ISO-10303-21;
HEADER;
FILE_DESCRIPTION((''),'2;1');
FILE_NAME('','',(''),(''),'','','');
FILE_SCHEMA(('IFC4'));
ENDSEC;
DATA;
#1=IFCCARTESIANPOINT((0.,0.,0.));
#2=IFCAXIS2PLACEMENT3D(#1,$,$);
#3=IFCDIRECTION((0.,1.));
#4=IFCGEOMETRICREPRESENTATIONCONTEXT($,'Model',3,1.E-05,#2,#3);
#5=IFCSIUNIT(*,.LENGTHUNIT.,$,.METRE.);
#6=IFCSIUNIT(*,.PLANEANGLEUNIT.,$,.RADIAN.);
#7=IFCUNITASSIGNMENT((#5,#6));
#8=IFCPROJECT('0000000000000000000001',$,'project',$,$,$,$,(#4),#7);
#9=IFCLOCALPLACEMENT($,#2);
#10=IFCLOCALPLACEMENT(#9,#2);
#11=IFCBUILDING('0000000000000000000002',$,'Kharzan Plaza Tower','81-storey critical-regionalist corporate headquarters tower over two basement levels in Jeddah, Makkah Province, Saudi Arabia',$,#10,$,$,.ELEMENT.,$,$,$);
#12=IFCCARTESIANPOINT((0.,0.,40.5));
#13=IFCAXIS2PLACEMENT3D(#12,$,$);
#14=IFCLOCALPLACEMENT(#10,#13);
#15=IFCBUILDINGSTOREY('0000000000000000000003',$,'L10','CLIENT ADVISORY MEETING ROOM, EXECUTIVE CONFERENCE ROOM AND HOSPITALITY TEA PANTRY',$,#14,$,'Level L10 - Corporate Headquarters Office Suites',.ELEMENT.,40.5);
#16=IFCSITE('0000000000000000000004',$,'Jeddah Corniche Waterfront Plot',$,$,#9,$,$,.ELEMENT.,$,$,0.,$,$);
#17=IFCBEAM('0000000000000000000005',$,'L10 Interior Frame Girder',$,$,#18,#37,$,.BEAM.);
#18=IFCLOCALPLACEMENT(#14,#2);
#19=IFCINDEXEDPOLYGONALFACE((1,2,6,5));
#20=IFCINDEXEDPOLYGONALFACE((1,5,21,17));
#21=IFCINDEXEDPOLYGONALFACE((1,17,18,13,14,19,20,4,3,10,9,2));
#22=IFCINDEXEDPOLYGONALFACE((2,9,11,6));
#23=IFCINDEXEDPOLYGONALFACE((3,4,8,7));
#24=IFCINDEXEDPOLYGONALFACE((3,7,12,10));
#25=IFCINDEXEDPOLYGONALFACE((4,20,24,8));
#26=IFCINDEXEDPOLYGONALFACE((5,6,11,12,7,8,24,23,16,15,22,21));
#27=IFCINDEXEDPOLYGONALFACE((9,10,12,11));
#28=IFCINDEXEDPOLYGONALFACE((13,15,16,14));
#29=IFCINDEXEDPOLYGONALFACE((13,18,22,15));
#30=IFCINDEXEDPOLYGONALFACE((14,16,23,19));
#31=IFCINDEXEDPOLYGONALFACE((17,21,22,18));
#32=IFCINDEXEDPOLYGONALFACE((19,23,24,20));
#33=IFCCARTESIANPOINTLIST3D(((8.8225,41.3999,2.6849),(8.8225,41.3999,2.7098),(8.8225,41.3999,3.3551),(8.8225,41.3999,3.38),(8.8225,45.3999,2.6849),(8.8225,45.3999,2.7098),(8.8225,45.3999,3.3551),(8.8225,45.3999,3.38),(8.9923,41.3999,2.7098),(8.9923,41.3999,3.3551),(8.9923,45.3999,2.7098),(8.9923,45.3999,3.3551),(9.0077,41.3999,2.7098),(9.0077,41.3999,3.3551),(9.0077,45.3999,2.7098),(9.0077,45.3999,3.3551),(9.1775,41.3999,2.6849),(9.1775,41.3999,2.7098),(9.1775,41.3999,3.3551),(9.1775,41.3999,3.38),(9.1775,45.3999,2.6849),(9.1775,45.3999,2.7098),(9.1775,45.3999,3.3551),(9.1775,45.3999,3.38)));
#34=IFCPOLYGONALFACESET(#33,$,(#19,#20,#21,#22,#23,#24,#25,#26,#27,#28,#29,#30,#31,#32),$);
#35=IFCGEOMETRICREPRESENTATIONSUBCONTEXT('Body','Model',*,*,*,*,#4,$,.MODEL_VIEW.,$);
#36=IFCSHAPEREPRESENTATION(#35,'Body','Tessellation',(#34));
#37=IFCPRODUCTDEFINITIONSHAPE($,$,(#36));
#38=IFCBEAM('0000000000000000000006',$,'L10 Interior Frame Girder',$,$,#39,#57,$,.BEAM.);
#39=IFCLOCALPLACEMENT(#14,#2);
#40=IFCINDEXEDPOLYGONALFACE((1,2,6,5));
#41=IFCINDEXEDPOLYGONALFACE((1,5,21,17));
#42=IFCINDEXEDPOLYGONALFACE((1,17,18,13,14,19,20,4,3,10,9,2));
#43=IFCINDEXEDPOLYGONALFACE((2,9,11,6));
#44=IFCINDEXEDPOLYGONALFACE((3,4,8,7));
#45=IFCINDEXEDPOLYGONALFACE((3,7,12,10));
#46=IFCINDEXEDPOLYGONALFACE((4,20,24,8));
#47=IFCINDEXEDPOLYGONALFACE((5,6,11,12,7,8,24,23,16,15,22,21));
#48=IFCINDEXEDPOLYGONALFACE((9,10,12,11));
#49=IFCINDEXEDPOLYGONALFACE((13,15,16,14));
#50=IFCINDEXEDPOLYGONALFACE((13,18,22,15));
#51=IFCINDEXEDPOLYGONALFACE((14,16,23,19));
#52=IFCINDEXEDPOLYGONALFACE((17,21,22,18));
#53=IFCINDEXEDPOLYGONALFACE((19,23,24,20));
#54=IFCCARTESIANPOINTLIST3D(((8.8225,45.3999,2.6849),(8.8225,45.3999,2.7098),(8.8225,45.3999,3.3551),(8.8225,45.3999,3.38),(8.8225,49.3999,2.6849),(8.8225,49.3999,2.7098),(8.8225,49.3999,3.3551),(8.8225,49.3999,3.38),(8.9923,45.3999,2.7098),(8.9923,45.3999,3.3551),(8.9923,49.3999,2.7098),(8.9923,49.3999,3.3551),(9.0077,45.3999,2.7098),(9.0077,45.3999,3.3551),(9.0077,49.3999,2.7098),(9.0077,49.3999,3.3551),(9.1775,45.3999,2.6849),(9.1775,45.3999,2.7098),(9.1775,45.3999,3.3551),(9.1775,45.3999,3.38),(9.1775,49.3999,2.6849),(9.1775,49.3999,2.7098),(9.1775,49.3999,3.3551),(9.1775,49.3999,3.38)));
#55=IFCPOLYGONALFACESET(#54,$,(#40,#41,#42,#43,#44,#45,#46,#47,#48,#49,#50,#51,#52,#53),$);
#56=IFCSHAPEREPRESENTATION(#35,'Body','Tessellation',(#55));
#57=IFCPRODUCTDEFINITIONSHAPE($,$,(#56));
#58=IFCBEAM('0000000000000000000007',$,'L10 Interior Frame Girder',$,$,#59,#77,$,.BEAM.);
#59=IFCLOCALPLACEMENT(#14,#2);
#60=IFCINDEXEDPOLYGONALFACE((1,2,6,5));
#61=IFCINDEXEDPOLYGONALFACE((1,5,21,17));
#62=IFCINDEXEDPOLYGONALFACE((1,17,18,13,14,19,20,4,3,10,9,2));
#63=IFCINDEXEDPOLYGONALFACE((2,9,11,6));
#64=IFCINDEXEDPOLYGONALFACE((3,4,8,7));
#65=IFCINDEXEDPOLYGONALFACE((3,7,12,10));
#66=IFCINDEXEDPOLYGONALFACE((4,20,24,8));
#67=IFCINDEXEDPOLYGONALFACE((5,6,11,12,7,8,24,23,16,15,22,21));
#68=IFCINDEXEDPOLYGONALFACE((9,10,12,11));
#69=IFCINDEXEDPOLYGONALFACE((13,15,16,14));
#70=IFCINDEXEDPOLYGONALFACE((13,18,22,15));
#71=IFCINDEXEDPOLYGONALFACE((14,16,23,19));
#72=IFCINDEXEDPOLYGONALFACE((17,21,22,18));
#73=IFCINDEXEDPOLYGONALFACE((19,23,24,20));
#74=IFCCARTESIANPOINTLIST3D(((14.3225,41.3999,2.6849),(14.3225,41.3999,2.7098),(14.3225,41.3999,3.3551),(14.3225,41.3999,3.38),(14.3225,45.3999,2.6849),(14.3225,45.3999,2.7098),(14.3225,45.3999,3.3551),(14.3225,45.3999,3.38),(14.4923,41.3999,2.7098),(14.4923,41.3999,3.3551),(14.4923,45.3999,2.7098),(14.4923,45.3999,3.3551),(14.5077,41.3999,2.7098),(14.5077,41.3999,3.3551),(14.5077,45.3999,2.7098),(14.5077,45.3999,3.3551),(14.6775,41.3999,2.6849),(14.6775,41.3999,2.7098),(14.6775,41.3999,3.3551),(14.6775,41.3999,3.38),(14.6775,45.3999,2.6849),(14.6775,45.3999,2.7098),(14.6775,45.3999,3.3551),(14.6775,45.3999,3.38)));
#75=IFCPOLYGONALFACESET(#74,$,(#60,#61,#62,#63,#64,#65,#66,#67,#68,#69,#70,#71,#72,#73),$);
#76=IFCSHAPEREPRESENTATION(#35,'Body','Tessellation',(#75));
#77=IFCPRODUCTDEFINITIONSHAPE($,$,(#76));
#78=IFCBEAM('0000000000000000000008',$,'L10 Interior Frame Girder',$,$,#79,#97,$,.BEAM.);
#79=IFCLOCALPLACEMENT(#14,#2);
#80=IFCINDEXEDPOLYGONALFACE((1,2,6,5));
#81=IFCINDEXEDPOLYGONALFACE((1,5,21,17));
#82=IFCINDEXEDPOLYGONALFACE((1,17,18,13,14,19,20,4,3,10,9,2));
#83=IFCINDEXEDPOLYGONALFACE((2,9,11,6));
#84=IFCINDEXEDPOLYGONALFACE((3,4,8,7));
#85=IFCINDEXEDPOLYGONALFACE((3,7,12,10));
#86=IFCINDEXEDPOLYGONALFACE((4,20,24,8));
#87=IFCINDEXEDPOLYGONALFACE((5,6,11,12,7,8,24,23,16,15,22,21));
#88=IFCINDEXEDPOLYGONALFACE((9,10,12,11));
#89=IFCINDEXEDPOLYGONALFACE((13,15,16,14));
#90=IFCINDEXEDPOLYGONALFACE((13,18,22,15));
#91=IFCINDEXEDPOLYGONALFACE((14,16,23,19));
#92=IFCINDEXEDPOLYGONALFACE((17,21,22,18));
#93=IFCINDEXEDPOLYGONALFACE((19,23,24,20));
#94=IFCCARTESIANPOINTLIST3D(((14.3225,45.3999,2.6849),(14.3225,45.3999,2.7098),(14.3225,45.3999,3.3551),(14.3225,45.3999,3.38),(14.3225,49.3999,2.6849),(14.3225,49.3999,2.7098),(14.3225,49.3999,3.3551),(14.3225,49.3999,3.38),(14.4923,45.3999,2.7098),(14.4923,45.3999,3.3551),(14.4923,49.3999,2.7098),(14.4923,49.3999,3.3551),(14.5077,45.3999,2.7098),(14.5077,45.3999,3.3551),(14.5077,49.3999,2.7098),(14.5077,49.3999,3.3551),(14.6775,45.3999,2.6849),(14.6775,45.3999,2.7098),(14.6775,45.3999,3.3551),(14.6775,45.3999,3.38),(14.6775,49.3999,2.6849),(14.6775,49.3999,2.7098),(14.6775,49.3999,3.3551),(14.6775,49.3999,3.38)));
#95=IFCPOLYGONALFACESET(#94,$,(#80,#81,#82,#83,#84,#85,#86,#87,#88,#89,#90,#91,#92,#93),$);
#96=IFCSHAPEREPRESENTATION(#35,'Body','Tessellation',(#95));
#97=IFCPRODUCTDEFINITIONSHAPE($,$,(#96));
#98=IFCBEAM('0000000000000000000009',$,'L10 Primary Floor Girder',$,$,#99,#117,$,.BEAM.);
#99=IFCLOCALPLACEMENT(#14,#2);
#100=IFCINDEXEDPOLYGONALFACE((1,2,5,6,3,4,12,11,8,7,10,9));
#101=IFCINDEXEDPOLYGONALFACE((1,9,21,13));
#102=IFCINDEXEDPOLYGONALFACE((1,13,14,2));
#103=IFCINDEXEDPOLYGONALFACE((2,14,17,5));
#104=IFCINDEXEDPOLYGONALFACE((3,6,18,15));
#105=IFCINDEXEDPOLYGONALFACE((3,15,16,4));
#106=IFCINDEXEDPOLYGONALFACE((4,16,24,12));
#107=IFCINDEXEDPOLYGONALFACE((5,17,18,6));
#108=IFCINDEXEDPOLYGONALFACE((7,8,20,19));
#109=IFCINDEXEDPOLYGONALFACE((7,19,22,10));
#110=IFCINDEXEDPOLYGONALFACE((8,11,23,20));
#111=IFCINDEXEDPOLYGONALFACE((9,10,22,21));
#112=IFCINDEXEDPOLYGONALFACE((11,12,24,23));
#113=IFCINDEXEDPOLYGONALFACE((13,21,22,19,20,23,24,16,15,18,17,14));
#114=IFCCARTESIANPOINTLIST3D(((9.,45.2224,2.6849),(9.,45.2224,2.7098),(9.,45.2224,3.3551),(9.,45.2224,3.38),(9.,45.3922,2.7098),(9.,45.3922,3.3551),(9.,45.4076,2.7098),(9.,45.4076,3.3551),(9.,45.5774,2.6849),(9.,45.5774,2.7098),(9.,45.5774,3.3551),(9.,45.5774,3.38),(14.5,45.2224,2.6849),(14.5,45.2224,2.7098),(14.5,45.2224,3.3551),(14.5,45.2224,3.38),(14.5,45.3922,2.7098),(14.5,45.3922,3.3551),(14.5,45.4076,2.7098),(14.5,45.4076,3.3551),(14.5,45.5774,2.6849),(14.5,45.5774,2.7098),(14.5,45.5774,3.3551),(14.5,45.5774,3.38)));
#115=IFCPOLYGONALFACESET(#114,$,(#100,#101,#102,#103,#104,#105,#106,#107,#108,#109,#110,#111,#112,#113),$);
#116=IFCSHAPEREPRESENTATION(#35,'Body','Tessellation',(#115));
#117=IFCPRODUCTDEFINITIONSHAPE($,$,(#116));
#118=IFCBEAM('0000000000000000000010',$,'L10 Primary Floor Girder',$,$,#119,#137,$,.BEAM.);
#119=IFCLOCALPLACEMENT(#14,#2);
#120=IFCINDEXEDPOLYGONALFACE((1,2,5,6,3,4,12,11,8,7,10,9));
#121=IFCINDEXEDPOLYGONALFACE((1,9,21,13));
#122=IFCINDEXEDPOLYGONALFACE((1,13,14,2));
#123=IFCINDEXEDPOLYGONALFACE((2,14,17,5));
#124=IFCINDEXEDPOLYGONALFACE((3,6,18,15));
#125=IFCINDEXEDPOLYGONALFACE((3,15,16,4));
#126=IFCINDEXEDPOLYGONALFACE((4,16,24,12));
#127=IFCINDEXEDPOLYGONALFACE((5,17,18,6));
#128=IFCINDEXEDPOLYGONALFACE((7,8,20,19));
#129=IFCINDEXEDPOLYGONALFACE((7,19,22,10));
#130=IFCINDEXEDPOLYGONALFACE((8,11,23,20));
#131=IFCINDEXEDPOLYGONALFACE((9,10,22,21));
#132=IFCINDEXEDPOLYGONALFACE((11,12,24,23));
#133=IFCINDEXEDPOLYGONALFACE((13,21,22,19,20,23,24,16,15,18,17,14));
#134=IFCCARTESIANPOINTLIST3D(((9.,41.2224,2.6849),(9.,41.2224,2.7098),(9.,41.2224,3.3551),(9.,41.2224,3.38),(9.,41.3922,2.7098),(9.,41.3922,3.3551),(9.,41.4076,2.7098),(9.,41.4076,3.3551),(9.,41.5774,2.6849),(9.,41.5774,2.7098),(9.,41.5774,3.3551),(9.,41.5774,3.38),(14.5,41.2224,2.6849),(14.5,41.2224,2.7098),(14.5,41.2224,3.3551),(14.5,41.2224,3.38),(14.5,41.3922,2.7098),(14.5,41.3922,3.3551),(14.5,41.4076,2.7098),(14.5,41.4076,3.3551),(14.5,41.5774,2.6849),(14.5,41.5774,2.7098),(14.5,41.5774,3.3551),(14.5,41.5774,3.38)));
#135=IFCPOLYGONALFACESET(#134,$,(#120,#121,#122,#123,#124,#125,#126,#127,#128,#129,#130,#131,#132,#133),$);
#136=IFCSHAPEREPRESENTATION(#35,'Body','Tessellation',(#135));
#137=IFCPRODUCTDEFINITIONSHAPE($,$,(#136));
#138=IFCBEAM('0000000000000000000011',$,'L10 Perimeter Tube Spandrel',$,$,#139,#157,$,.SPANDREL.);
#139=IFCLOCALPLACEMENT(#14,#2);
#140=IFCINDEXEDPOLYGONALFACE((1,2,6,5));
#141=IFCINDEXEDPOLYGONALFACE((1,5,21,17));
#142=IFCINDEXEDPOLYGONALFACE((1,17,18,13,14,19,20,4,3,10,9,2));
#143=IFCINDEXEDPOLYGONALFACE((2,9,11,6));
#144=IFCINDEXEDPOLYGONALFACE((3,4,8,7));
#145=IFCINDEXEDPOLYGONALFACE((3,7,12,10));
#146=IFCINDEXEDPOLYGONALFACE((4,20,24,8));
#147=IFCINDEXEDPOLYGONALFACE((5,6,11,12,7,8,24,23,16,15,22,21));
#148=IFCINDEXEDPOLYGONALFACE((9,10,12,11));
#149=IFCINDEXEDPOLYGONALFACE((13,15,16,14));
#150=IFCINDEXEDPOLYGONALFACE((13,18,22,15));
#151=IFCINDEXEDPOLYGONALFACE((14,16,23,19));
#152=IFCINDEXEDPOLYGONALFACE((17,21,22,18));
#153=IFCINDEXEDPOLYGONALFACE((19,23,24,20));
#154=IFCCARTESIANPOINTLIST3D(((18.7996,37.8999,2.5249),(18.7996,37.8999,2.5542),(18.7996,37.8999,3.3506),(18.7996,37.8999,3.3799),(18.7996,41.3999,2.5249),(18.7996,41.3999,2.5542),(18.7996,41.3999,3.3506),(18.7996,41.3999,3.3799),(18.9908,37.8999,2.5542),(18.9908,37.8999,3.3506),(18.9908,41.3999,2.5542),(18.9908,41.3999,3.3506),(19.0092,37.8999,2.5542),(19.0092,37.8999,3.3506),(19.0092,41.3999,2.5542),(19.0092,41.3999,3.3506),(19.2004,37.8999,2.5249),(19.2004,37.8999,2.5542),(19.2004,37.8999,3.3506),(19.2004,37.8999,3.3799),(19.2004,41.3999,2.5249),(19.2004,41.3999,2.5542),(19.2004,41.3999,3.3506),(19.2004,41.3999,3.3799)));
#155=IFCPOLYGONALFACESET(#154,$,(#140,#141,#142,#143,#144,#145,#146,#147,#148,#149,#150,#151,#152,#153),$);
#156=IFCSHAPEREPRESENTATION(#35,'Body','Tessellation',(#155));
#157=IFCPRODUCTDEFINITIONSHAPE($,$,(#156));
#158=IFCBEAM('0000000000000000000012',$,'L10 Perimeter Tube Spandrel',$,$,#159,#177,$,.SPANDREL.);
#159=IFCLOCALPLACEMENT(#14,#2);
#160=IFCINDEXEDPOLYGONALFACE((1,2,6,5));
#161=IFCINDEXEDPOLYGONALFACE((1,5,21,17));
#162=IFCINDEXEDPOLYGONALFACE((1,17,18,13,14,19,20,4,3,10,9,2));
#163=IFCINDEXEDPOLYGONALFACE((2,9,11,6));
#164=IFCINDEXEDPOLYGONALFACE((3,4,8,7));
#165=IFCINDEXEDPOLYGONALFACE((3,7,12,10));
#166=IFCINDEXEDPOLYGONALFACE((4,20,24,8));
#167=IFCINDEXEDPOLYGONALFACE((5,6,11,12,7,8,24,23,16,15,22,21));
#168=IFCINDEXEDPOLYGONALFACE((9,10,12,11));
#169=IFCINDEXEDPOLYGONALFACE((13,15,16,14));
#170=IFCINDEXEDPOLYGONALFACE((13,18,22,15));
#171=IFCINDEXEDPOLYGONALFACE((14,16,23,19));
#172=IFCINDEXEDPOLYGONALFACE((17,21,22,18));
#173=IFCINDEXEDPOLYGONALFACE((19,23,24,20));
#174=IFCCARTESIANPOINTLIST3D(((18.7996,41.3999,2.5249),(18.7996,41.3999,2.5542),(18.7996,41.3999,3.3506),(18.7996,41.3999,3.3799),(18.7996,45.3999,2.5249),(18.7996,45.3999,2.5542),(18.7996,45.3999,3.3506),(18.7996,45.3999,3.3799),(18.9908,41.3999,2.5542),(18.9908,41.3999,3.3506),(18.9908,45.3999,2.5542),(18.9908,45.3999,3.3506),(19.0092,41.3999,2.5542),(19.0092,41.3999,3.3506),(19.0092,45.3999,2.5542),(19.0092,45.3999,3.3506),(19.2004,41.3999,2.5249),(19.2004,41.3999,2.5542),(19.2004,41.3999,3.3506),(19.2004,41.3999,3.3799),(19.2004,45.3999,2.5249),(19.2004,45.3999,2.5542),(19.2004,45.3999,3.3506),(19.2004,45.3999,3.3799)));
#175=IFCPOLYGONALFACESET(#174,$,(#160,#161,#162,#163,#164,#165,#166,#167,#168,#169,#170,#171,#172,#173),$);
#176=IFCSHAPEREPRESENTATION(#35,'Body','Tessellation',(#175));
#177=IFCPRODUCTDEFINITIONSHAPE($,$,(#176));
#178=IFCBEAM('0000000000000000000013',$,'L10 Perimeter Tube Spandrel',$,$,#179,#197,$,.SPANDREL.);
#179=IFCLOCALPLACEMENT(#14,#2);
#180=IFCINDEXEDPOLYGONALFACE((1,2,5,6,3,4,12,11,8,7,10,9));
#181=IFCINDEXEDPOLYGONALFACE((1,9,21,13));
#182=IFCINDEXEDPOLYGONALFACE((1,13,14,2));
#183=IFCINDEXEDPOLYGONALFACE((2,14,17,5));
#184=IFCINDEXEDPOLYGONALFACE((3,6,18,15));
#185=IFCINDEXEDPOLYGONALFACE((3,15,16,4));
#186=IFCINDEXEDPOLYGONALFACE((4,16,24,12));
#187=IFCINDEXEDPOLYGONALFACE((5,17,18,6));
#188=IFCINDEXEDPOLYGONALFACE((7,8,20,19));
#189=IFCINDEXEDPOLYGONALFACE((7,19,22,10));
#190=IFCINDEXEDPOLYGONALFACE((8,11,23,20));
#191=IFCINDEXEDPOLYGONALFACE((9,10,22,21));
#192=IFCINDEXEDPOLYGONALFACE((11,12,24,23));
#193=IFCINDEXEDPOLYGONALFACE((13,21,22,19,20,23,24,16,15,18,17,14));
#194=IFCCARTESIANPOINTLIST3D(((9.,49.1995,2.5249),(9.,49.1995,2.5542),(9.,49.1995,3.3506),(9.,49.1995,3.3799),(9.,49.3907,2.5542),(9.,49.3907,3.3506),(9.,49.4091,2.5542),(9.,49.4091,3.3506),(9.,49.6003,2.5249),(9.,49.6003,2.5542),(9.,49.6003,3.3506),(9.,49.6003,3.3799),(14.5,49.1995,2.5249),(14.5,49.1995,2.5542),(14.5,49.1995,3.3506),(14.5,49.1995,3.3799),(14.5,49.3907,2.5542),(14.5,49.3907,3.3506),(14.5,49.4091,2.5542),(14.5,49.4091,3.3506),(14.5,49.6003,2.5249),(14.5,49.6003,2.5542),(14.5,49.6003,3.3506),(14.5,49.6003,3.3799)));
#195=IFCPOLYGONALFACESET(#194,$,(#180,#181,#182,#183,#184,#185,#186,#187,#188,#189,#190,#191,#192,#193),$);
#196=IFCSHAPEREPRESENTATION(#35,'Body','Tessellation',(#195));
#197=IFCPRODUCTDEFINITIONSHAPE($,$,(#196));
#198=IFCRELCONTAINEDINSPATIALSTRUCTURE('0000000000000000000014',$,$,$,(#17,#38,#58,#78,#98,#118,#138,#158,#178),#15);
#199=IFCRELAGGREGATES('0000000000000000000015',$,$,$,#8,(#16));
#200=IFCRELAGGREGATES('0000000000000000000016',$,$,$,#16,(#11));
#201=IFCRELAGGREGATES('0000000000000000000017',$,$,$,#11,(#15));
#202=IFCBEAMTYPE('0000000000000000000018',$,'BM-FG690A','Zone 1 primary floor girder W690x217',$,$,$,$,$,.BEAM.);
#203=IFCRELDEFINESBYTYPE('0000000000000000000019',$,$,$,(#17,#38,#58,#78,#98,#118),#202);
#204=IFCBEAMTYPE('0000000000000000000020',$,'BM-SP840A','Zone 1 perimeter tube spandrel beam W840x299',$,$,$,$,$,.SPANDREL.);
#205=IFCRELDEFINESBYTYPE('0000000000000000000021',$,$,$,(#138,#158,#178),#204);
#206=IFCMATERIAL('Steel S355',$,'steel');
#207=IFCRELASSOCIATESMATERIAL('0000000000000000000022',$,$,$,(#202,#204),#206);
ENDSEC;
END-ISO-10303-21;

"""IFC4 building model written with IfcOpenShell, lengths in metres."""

from ifc_helpers import new_model, si_unit, direction, frame, origin, origin_2d, place, context, subcontext, project, spatial, i_section, extrude, source, transform, mapped, material, material_profile, profile_set, type_object, element, save


model = new_model("IFC4")

# Units and contexts
model_context = context("Model", 3, precision=1e-05, world=origin(), true_north=direction((0.0, 1.0)))
body_context = subcontext(model_context, "Body", "Model", "MODEL_VIEW")
ifc_project = project(units=[si_unit("LENGTHUNIT", "METRE"), si_unit("PLANEANGLEUNIT", "RADIAN")], contexts=[model_context])

# Site, building, storey
site_placement = place(None, origin())
site = spatial("IfcSite", under=ifc_project, at=site_placement, Name="Jeddah Corniche Waterfront Plot", CompositionType="ELEMENT", RefElevation=0.0)
building_placement = place(site_placement, origin())
building = spatial("IfcBuilding", under=site, at=building_placement, Name="Kharzan Plaza Tower", Description="81-storey critical-regionalist corporate headquarters tower over two basement levels in Jeddah, Makkah Province, Saudi Arabia", CompositionType="ELEMENT")
storey_placement = place(building_placement, frame((0.0, 0.0, 40.5)))
storey = spatial("IfcBuildingStorey", under=building, at=storey_placement, Name="L10", Description="CLIENT ADVISORY MEETING ROOM, EXECUTIVE CONFERENCE ROOM AND HOSPITALITY TEA PANTRY", LongName="Level L10 - Corporate Headquarters Office Suites", CompositionType="ELEMENT", Elevation=40.5)

# Beams
ifc_material_1 = material(Name="Steel S355", Category="steel")
ifc_material_profile_1 = material_profile(ifc_material_1, i_section(OverallWidth=0.355, OverallDepth=0.6951, WebThickness=0.0154, FlangeThickness=0.0249, at=origin_2d()), Name="W690x217")
ifc_profile_set_1 = profile_set([ifc_material_profile_1], Name="Steel S355")
beam_type_1 = type_object("IfcBeamType", Name="BM-FG690A", Description="Zone 1 primary floor girder W690x217", PredefinedType="BEAM", material=ifc_profile_set_1)
shared_shape_1 = source(origin(), body_context, "Body", "SweptSolid", [
    extrude(i_section(OverallWidth=0.355, OverallDepth=0.6951, WebThickness=0.0154, FlangeThickness=0.0249, at=origin_2d()), origin(), (0.0, 0.0, 1.0), 4.0),
])
for number, where, z_axis, x_axis, name in (
    (1, (9.0, 41.3999, 3.0325), (0.0, 1.0, 0.0), (-1.0, 0.0, 0.0), "L10 Interior Frame Girder"),
    (2, (9.0, 45.3999, 3.0325), (0.0, 1.0, 0.0), (-1.0, 0.0, 0.0), "L10 Interior Frame Girder"),
    (3, (14.5, 41.3999, 3.0325), (0.0, 1.0, 0.0), (-1.0, 0.0, 0.0), "L10 Interior Frame Girder"),
    (4, (14.5, 45.3999, 3.0325), (0.0, 1.0, 0.0), (-1.0, 0.0, 0.0), "L10 Interior Frame Girder"),
):
    element("IfcBeam", number, at=place(storey_placement, frame(where, z_axis=z_axis, x_axis=x_axis)), inside=storey, type_object=beam_type_1, Name=name, PredefinedType="BEAM", context=body_context, shape_type="MappedRepresentation", body=[
        mapped(shared_shape_1, transform((0.0, 0.0, 0.0), x_axis=(1.0, 0.0, 0.0), y_axis=(0.0, 1.0, 0.0), z_axis=(0.0, 0.0, 1.0))),
    ])
shared_shape_2 = source(origin(), body_context, "Body", "SweptSolid", [
    extrude(i_section(OverallWidth=0.355, OverallDepth=0.6951, WebThickness=0.0154, FlangeThickness=0.0249, at=origin_2d()), origin(), (0.0, 0.0, 1.0), 5.5),
])
for number, where, z_axis, x_axis, name in (
    (5, (9.0, 45.3999, 3.0325), (1.0, 0.0, 0.0), (0.0, 1.0, 0.0), "L10 Primary Floor Girder"),
    (6, (9.0, 41.3999, 3.0325), (1.0, 0.0, 0.0), (0.0, 1.0, 0.0), "L10 Primary Floor Girder"),
):
    element("IfcBeam", number, at=place(storey_placement, frame(where, z_axis=z_axis, x_axis=x_axis)), inside=storey, type_object=beam_type_1, Name=name, PredefinedType="BEAM", context=body_context, shape_type="MappedRepresentation", body=[
        mapped(shared_shape_2, transform((0.0, 0.0, 0.0), x_axis=(1.0, 0.0, 0.0), y_axis=(0.0, 1.0, 0.0), z_axis=(0.0, 0.0, 1.0))),
    ])
ifc_material_profile_2 = material_profile(ifc_material_1, i_section(OverallWidth=0.4009, OverallDepth=0.855, WebThickness=0.0183, FlangeThickness=0.0293, at=origin_2d()), Name="W840x299")
ifc_profile_set_2 = profile_set([ifc_material_profile_2], Name="Steel S355")
beam_type_2 = type_object("IfcBeamType", Name="BM-SP840A", Description="Zone 1 perimeter tube spandrel beam W840x299", PredefinedType="SPANDREL", material=ifc_profile_set_2)
shared_shape_3 = source(origin(), body_context, "Body", "SweptSolid", [
    extrude(i_section(OverallWidth=0.4009, OverallDepth=0.855, WebThickness=0.0183, FlangeThickness=0.0293, at=origin_2d()), origin(), (0.0, 0.0, 1.0), 3.5),
])
beam_1_placement = place(storey_placement, frame((19.0, 37.8999, 2.9524), z_axis=(0.0, 1.0, 0.0), x_axis=(-1.0, 0.0, 0.0)))
element("IfcBeam", 7, at=beam_1_placement, inside=storey, type_object=beam_type_2, Name="L10 Perimeter Tube Spandrel", PredefinedType="SPANDREL", context=body_context, shape_type="MappedRepresentation", body=[
    mapped(shared_shape_3, transform((0.0, 0.0, 0.0), x_axis=(1.0, 0.0, 0.0), y_axis=(0.0, 1.0, 0.0), z_axis=(0.0, 0.0, 1.0))),
])
shared_shape_4 = source(origin(), body_context, "Body", "SweptSolid", [
    extrude(i_section(OverallWidth=0.4009, OverallDepth=0.855, WebThickness=0.0183, FlangeThickness=0.0293, at=origin_2d()), origin(), (0.0, 0.0, 1.0), 4.0),
])
beam_2_placement = place(storey_placement, frame((19.0, 41.3999, 2.9524), z_axis=(0.0, 1.0, 0.0), x_axis=(-1.0, 0.0, 0.0)))
element("IfcBeam", 8, at=beam_2_placement, inside=storey, type_object=beam_type_2, Name="L10 Perimeter Tube Spandrel", PredefinedType="SPANDREL", context=body_context, shape_type="MappedRepresentation", body=[
    mapped(shared_shape_4, transform((0.0, 0.0, 0.0), x_axis=(1.0, 0.0, 0.0), y_axis=(0.0, 1.0, 0.0), z_axis=(0.0, 0.0, 1.0))),
])
shared_shape_5 = source(origin(), body_context, "Body", "SweptSolid", [
    extrude(i_section(OverallWidth=0.4009, OverallDepth=0.855, WebThickness=0.0183, FlangeThickness=0.0293, at=origin_2d()), origin(), (0.0, 0.0, 1.0), 5.5),
])
beam_3_placement = place(storey_placement, frame((9.0, 49.3999, 2.9524), z_axis=(1.0, 0.0, 0.0), x_axis=(0.0, 1.0, 0.0)))
element("IfcBeam", 9, at=beam_3_placement, inside=storey, type_object=beam_type_2, Name="L10 Perimeter Tube Spandrel", PredefinedType="SPANDREL", context=body_context, shape_type="MappedRepresentation", body=[
    mapped(shared_shape_5, transform((0.0, 0.0, 0.0), x_axis=(1.0, 0.0, 0.0), y_axis=(0.0, 1.0, 0.0), z_axis=(0.0, 0.0, 1.0))),
])

save(model, "model.ifc")
